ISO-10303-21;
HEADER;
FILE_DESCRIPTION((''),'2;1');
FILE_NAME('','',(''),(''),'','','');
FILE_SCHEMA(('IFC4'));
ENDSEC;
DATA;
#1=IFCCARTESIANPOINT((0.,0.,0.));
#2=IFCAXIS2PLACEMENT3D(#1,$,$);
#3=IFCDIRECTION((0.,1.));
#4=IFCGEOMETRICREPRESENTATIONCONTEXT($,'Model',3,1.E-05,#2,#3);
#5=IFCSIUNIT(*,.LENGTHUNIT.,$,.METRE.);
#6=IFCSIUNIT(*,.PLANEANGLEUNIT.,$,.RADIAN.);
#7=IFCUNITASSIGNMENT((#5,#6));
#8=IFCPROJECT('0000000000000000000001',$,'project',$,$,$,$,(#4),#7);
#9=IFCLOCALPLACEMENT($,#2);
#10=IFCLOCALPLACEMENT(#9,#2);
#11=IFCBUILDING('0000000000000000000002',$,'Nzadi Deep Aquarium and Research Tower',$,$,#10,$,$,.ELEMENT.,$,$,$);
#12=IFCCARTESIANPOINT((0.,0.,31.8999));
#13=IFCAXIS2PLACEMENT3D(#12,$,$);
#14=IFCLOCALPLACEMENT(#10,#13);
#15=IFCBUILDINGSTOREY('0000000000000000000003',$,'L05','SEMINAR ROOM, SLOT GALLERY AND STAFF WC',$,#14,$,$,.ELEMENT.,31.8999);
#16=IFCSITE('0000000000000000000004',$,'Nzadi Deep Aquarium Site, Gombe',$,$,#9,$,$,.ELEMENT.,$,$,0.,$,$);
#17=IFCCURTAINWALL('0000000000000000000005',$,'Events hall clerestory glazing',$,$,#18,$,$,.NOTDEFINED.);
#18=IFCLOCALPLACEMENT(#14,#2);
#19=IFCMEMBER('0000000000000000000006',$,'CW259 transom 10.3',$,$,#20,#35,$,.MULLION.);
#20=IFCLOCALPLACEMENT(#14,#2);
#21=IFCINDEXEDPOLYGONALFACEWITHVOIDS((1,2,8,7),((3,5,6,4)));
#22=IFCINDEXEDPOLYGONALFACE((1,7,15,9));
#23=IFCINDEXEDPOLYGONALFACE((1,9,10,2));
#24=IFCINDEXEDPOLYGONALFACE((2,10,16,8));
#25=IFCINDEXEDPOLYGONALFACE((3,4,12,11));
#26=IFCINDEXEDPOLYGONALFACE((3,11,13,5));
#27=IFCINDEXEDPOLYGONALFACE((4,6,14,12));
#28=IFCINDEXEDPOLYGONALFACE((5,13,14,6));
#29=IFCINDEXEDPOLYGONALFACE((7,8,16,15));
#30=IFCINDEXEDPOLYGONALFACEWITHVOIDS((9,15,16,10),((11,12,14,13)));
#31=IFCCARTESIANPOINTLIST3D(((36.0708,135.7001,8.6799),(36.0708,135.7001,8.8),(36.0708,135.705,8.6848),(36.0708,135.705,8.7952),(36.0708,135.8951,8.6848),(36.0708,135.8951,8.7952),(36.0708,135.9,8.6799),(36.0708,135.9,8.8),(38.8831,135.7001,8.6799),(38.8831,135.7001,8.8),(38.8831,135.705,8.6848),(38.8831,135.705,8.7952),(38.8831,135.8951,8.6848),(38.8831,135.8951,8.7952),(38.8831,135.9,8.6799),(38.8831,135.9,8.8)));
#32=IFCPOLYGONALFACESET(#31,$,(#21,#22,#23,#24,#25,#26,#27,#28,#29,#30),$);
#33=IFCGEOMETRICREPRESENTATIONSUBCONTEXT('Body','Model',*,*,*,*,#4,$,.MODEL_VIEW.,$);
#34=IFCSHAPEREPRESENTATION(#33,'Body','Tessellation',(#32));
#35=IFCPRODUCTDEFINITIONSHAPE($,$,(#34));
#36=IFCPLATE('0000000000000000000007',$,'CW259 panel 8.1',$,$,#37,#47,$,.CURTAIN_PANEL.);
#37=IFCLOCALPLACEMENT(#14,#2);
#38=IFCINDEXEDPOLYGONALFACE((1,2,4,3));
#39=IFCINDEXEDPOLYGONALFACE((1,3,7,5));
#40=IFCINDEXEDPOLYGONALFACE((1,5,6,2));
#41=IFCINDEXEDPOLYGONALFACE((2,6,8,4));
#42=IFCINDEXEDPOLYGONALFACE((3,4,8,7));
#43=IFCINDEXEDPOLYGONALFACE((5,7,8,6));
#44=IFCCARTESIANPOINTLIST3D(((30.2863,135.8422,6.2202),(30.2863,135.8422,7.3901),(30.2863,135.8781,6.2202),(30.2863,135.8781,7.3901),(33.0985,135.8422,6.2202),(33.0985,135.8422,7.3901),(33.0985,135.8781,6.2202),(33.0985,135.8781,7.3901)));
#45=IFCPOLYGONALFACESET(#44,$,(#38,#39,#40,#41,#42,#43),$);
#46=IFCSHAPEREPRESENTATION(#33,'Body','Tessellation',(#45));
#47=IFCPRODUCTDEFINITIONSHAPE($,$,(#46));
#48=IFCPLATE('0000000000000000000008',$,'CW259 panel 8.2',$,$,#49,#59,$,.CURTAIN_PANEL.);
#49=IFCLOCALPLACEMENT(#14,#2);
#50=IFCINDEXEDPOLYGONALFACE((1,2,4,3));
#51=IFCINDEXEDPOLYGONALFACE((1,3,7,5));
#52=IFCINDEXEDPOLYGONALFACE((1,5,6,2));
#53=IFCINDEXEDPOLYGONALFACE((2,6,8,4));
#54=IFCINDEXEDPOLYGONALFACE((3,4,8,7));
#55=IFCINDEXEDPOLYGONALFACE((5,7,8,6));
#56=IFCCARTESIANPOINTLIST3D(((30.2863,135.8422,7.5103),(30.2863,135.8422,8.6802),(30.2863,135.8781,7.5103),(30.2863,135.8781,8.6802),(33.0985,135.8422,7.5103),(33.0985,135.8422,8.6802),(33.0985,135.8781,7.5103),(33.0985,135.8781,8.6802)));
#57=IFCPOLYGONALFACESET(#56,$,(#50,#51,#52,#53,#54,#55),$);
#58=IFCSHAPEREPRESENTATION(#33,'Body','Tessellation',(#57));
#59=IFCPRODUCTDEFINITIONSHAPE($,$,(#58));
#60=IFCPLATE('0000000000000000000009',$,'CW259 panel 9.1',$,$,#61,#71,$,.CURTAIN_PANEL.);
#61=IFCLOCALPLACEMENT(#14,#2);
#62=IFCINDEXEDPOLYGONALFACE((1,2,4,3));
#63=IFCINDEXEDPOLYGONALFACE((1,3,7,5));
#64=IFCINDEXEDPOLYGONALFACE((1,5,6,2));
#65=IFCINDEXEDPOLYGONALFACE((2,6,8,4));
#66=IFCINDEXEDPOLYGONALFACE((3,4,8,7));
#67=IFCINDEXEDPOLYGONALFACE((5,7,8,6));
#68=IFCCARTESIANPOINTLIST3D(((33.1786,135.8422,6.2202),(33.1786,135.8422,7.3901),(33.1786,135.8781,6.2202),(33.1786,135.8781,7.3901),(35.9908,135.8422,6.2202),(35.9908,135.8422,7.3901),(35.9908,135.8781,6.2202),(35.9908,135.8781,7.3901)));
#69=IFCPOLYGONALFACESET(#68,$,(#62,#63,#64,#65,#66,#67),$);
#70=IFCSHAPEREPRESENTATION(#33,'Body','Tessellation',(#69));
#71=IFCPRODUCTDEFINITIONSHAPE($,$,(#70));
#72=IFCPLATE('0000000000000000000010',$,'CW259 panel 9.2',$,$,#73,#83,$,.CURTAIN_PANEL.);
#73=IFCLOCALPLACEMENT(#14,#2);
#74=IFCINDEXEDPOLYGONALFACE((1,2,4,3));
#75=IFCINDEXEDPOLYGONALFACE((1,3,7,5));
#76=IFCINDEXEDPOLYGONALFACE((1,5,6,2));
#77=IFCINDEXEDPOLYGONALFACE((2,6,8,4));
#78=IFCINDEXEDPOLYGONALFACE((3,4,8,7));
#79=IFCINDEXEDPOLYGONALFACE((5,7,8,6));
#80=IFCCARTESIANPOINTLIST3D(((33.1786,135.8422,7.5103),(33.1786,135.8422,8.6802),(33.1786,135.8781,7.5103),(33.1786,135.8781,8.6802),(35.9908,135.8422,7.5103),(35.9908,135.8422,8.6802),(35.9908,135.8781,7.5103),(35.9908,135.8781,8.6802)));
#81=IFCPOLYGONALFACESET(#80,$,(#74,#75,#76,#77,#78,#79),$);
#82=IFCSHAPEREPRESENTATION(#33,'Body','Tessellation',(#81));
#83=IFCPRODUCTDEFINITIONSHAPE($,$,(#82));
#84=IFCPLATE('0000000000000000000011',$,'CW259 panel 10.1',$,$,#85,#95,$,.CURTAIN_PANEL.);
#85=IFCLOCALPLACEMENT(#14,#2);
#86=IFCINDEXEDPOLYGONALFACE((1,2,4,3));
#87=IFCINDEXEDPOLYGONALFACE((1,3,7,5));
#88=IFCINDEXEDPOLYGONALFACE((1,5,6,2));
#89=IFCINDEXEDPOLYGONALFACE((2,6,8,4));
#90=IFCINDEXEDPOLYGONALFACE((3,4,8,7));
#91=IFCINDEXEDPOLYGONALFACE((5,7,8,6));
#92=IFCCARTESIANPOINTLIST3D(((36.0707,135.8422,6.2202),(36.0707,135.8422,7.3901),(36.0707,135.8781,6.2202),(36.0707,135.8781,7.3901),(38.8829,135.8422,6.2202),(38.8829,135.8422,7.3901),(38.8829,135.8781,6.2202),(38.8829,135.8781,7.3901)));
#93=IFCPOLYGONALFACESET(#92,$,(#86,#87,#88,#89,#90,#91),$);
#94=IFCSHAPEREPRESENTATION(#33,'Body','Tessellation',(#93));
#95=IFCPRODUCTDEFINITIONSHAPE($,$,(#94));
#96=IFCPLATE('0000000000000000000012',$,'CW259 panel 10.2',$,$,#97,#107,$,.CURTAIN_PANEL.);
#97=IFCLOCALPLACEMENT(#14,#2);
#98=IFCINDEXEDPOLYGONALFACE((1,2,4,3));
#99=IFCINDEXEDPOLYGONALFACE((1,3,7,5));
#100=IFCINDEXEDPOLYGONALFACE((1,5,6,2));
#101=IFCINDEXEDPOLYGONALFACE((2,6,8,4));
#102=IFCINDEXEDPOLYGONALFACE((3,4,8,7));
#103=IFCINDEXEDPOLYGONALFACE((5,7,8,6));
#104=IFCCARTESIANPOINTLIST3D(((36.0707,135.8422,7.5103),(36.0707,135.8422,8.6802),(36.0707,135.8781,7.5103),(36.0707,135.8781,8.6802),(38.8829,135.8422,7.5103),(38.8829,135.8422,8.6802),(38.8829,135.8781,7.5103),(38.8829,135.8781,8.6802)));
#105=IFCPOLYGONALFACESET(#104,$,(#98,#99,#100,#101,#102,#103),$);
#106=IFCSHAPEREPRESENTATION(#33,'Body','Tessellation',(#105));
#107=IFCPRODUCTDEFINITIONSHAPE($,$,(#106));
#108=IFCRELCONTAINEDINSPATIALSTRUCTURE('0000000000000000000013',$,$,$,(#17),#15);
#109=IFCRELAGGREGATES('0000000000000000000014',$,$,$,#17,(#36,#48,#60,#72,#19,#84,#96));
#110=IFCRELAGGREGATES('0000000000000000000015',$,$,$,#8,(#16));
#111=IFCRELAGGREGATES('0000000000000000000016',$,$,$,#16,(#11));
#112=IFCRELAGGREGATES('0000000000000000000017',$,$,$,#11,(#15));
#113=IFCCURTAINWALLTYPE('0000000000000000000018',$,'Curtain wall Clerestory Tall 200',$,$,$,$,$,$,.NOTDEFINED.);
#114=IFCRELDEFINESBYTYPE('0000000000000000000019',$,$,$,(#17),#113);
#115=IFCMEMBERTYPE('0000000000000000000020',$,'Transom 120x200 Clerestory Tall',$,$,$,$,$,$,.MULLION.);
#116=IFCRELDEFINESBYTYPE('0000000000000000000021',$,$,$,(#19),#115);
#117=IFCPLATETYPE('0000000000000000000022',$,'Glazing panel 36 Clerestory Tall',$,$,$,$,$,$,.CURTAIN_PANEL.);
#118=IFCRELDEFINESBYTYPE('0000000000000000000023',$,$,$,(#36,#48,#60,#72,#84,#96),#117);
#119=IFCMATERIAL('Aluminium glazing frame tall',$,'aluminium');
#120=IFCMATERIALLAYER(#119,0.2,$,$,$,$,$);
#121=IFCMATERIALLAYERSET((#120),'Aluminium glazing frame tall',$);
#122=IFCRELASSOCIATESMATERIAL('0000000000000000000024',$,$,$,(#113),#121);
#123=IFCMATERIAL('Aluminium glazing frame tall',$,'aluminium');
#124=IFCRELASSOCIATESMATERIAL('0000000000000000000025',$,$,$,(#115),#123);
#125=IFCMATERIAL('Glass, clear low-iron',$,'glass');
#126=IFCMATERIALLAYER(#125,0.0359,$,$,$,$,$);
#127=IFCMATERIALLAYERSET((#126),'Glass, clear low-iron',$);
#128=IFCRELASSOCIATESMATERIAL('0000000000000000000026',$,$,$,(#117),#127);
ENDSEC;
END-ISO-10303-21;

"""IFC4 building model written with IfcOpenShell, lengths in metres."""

from ifc_helpers import new_model, si_unit, direction, frame, origin, origin_2d, place, context, subcontext, project, spatial, rectangle, hollow_rectangle, extrude, material, layer, layer_set, material_profile, profile_set, type_object, element, aggregate, save


model = new_model("IFC4")

# Units and contexts
model_context = context("Model", 3, precision=1e-05, world=origin(), true_north=direction((0.0, 1.0)))
body_context = subcontext(model_context, "Body", "Model", "MODEL_VIEW")
ifc_project = project(units=[si_unit("LENGTHUNIT", "METRE"), si_unit("PLANEANGLEUNIT", "RADIAN")], contexts=[model_context])

# Site, building, storey
site_placement = place(None, origin())
site = spatial("IfcSite", under=ifc_project, at=site_placement, Name="Nzadi Deep Aquarium Site, Gombe", CompositionType="ELEMENT", RefElevation=0.0)
building_placement = place(site_placement, origin())
building = spatial("IfcBuilding", under=site, at=building_placement, Name="Nzadi Deep Aquarium and Research Tower", CompositionType="ELEMENT")
storey_placement = place(building_placement, frame((0.0, 0.0, 31.8999)))
storey = spatial("IfcBuildingStorey", under=building, at=storey_placement, Name="L05", Description="SEMINAR ROOM, SLOT GALLERY AND STAFF WC", CompositionType="ELEMENT", Elevation=31.8999)

# Curtain wall
ifc_material_1 = material(Name="Aluminium glazing frame tall", Category="aluminium")
ifc_layer_1 = layer(ifc_material_1, 0.2)
ifc_layer_set_1 = layer_set([ifc_layer_1], Name="Aluminium glazing frame tall")
curtain_wall_type = type_object("IfcCurtainWallType", Name="Curtain wall Clerestory Tall 200", PredefinedType="NOTDEFINED", material=ifc_layer_set_1)
curtain_wall_placement = place(storey_placement, origin())
curtain_wall = element("IfcCurtainWall", 1, at=curtain_wall_placement, inside=storey, type_object=curtain_wall_type, Name="Events hall clerestory glazing", PredefinedType="NOTDEFINED")

# Member
ifc_material_2 = material(Name="Aluminium glazing frame tall", Category="aluminium")
ifc_material_profile_1 = material_profile(ifc_material_2, hollow_rectangle(XDim=0.2, YDim=0.1201, WallThickness=0.0049, at=origin_2d()))
ifc_profile_set_1 = profile_set([ifc_material_profile_1], Name="Aluminium glazing frame tall")
member_type_1 = type_object("IfcMemberType", Name="Transom 120x200 Clerestory Tall", PredefinedType="MULLION", material=ifc_profile_set_1)
member_1_placement = place(storey_placement, frame((36.0708, 135.8, 8.74), z_axis=(1.0, 0.0, 0.0), x_axis=(0.0, 1.0, 0.0)))
member_1 = element("IfcMember", 2, at=member_1_placement, type_object=member_type_1, Name="CW259 transom 10.3", PredefinedType="MULLION", context=body_context, shape_type="SweptSolid", body=[
    extrude(hollow_rectangle(XDim=0.2, YDim=0.1201, WallThickness=0.0049, at=origin_2d()), origin(), (0.0, 0.0, 1.0), 2.8123),
])

# Plates
ifc_material_3 = material(Name="Glass, clear low-iron", Category="glass")
ifc_layer_2 = layer(ifc_material_3, 0.0359)
ifc_layer_set_2 = layer_set([ifc_layer_2], Name="Glass, clear low-iron")
plate_type = type_object("IfcPlateType", Name="Glazing panel 36 Clerestory Tall", PredefinedType="CURTAIN_PANEL", material=ifc_layer_set_2)
plate_1_placement = place(storey_placement, frame((31.6924, 135.8601, 6.2202), z_axis=(0.0, 0.0, 1.0), x_axis=(1.0, 0.0, 0.0)))
plate_1 = element("IfcPlate", 3, at=plate_1_placement, type_object=plate_type, Name="CW259 panel 8.1", PredefinedType="CURTAIN_PANEL", context=body_context, shape_type="SweptSolid", body=[
    extrude(rectangle(XDim=2.8123, YDim=0.0359, at=origin_2d()), origin(), (0.0, 0.0, 1.0), 1.1699),
])
plate_2_placement = place(storey_placement, frame((31.6924, 135.8601, 7.5103), z_axis=(0.0, 0.0, 1.0), x_axis=(1.0, 0.0, 0.0)))
plate_2 = element("IfcPlate", 4, at=plate_2_placement, type_object=plate_type, Name="CW259 panel 8.2", PredefinedType="CURTAIN_PANEL", context=body_context, shape_type="SweptSolid", body=[
    extrude(rectangle(XDim=2.8123, YDim=0.0359, at=origin_2d()), origin(), (0.0, 0.0, 1.0), 1.1699),
])
plate_3_placement = place(storey_placement, frame((34.5847, 135.8601, 6.2202), z_axis=(0.0, 0.0, 1.0), x_axis=(1.0, 0.0, 0.0)))
plate_3 = element("IfcPlate", 5, at=plate_3_placement, type_object=plate_type, Name="CW259 panel 9.1", PredefinedType="CURTAIN_PANEL", context=body_context, shape_type="SweptSolid", body=[
    extrude(rectangle(XDim=2.8123, YDim=0.0359, at=origin_2d()), origin(), (0.0, 0.0, 1.0), 1.1699),
])
plate_4_placement = place(storey_placement, frame((34.5847, 135.8601, 7.5103), z_axis=(0.0, 0.0, 1.0), x_axis=(1.0, 0.0, 0.0)))
plate_4 = element("IfcPlate", 6, at=plate_4_placement, type_object=plate_type, Name="CW259 panel 9.2", PredefinedType="CURTAIN_PANEL", context=body_context, shape_type="SweptSolid", body=[
    extrude(rectangle(XDim=2.8123, YDim=0.0359, at=origin_2d()), origin(), (0.0, 0.0, 1.0), 1.1699),
])
plate_5_placement = place(storey_placement, frame((37.4768, 135.8601, 6.2202), z_axis=(0.0, 0.0, 1.0), x_axis=(1.0, 0.0, 0.0)))
plate_5 = element("IfcPlate", 7, at=plate_5_placement, type_object=plate_type, Name="CW259 panel 10.1", PredefinedType="CURTAIN_PANEL", context=body_context, shape_type="SweptSolid", body=[
    extrude(rectangle(XDim=2.8123, YDim=0.0359, at=origin_2d()), origin(), (0.0, 0.0, 1.0), 1.1699),
])
plate_6_placement = place(storey_placement, frame((37.4768, 135.8601, 7.5103), z_axis=(0.0, 0.0, 1.0), x_axis=(1.0, 0.0, 0.0)))
plate_6 = element("IfcPlate", 8, at=plate_6_placement, type_object=plate_type, Name="CW259 panel 10.2", PredefinedType="CURTAIN_PANEL", context=body_context, shape_type="SweptSolid", body=[
    extrude(rectangle(XDim=2.8123, YDim=0.0359, at=origin_2d()), origin(), (0.0, 0.0, 1.0), 1.1699),
])
aggregate(curtain_wall, [plate_1, plate_2, plate_3, plate_4, member_1, plate_5, plate_6])

save(model, "model.ifc")
